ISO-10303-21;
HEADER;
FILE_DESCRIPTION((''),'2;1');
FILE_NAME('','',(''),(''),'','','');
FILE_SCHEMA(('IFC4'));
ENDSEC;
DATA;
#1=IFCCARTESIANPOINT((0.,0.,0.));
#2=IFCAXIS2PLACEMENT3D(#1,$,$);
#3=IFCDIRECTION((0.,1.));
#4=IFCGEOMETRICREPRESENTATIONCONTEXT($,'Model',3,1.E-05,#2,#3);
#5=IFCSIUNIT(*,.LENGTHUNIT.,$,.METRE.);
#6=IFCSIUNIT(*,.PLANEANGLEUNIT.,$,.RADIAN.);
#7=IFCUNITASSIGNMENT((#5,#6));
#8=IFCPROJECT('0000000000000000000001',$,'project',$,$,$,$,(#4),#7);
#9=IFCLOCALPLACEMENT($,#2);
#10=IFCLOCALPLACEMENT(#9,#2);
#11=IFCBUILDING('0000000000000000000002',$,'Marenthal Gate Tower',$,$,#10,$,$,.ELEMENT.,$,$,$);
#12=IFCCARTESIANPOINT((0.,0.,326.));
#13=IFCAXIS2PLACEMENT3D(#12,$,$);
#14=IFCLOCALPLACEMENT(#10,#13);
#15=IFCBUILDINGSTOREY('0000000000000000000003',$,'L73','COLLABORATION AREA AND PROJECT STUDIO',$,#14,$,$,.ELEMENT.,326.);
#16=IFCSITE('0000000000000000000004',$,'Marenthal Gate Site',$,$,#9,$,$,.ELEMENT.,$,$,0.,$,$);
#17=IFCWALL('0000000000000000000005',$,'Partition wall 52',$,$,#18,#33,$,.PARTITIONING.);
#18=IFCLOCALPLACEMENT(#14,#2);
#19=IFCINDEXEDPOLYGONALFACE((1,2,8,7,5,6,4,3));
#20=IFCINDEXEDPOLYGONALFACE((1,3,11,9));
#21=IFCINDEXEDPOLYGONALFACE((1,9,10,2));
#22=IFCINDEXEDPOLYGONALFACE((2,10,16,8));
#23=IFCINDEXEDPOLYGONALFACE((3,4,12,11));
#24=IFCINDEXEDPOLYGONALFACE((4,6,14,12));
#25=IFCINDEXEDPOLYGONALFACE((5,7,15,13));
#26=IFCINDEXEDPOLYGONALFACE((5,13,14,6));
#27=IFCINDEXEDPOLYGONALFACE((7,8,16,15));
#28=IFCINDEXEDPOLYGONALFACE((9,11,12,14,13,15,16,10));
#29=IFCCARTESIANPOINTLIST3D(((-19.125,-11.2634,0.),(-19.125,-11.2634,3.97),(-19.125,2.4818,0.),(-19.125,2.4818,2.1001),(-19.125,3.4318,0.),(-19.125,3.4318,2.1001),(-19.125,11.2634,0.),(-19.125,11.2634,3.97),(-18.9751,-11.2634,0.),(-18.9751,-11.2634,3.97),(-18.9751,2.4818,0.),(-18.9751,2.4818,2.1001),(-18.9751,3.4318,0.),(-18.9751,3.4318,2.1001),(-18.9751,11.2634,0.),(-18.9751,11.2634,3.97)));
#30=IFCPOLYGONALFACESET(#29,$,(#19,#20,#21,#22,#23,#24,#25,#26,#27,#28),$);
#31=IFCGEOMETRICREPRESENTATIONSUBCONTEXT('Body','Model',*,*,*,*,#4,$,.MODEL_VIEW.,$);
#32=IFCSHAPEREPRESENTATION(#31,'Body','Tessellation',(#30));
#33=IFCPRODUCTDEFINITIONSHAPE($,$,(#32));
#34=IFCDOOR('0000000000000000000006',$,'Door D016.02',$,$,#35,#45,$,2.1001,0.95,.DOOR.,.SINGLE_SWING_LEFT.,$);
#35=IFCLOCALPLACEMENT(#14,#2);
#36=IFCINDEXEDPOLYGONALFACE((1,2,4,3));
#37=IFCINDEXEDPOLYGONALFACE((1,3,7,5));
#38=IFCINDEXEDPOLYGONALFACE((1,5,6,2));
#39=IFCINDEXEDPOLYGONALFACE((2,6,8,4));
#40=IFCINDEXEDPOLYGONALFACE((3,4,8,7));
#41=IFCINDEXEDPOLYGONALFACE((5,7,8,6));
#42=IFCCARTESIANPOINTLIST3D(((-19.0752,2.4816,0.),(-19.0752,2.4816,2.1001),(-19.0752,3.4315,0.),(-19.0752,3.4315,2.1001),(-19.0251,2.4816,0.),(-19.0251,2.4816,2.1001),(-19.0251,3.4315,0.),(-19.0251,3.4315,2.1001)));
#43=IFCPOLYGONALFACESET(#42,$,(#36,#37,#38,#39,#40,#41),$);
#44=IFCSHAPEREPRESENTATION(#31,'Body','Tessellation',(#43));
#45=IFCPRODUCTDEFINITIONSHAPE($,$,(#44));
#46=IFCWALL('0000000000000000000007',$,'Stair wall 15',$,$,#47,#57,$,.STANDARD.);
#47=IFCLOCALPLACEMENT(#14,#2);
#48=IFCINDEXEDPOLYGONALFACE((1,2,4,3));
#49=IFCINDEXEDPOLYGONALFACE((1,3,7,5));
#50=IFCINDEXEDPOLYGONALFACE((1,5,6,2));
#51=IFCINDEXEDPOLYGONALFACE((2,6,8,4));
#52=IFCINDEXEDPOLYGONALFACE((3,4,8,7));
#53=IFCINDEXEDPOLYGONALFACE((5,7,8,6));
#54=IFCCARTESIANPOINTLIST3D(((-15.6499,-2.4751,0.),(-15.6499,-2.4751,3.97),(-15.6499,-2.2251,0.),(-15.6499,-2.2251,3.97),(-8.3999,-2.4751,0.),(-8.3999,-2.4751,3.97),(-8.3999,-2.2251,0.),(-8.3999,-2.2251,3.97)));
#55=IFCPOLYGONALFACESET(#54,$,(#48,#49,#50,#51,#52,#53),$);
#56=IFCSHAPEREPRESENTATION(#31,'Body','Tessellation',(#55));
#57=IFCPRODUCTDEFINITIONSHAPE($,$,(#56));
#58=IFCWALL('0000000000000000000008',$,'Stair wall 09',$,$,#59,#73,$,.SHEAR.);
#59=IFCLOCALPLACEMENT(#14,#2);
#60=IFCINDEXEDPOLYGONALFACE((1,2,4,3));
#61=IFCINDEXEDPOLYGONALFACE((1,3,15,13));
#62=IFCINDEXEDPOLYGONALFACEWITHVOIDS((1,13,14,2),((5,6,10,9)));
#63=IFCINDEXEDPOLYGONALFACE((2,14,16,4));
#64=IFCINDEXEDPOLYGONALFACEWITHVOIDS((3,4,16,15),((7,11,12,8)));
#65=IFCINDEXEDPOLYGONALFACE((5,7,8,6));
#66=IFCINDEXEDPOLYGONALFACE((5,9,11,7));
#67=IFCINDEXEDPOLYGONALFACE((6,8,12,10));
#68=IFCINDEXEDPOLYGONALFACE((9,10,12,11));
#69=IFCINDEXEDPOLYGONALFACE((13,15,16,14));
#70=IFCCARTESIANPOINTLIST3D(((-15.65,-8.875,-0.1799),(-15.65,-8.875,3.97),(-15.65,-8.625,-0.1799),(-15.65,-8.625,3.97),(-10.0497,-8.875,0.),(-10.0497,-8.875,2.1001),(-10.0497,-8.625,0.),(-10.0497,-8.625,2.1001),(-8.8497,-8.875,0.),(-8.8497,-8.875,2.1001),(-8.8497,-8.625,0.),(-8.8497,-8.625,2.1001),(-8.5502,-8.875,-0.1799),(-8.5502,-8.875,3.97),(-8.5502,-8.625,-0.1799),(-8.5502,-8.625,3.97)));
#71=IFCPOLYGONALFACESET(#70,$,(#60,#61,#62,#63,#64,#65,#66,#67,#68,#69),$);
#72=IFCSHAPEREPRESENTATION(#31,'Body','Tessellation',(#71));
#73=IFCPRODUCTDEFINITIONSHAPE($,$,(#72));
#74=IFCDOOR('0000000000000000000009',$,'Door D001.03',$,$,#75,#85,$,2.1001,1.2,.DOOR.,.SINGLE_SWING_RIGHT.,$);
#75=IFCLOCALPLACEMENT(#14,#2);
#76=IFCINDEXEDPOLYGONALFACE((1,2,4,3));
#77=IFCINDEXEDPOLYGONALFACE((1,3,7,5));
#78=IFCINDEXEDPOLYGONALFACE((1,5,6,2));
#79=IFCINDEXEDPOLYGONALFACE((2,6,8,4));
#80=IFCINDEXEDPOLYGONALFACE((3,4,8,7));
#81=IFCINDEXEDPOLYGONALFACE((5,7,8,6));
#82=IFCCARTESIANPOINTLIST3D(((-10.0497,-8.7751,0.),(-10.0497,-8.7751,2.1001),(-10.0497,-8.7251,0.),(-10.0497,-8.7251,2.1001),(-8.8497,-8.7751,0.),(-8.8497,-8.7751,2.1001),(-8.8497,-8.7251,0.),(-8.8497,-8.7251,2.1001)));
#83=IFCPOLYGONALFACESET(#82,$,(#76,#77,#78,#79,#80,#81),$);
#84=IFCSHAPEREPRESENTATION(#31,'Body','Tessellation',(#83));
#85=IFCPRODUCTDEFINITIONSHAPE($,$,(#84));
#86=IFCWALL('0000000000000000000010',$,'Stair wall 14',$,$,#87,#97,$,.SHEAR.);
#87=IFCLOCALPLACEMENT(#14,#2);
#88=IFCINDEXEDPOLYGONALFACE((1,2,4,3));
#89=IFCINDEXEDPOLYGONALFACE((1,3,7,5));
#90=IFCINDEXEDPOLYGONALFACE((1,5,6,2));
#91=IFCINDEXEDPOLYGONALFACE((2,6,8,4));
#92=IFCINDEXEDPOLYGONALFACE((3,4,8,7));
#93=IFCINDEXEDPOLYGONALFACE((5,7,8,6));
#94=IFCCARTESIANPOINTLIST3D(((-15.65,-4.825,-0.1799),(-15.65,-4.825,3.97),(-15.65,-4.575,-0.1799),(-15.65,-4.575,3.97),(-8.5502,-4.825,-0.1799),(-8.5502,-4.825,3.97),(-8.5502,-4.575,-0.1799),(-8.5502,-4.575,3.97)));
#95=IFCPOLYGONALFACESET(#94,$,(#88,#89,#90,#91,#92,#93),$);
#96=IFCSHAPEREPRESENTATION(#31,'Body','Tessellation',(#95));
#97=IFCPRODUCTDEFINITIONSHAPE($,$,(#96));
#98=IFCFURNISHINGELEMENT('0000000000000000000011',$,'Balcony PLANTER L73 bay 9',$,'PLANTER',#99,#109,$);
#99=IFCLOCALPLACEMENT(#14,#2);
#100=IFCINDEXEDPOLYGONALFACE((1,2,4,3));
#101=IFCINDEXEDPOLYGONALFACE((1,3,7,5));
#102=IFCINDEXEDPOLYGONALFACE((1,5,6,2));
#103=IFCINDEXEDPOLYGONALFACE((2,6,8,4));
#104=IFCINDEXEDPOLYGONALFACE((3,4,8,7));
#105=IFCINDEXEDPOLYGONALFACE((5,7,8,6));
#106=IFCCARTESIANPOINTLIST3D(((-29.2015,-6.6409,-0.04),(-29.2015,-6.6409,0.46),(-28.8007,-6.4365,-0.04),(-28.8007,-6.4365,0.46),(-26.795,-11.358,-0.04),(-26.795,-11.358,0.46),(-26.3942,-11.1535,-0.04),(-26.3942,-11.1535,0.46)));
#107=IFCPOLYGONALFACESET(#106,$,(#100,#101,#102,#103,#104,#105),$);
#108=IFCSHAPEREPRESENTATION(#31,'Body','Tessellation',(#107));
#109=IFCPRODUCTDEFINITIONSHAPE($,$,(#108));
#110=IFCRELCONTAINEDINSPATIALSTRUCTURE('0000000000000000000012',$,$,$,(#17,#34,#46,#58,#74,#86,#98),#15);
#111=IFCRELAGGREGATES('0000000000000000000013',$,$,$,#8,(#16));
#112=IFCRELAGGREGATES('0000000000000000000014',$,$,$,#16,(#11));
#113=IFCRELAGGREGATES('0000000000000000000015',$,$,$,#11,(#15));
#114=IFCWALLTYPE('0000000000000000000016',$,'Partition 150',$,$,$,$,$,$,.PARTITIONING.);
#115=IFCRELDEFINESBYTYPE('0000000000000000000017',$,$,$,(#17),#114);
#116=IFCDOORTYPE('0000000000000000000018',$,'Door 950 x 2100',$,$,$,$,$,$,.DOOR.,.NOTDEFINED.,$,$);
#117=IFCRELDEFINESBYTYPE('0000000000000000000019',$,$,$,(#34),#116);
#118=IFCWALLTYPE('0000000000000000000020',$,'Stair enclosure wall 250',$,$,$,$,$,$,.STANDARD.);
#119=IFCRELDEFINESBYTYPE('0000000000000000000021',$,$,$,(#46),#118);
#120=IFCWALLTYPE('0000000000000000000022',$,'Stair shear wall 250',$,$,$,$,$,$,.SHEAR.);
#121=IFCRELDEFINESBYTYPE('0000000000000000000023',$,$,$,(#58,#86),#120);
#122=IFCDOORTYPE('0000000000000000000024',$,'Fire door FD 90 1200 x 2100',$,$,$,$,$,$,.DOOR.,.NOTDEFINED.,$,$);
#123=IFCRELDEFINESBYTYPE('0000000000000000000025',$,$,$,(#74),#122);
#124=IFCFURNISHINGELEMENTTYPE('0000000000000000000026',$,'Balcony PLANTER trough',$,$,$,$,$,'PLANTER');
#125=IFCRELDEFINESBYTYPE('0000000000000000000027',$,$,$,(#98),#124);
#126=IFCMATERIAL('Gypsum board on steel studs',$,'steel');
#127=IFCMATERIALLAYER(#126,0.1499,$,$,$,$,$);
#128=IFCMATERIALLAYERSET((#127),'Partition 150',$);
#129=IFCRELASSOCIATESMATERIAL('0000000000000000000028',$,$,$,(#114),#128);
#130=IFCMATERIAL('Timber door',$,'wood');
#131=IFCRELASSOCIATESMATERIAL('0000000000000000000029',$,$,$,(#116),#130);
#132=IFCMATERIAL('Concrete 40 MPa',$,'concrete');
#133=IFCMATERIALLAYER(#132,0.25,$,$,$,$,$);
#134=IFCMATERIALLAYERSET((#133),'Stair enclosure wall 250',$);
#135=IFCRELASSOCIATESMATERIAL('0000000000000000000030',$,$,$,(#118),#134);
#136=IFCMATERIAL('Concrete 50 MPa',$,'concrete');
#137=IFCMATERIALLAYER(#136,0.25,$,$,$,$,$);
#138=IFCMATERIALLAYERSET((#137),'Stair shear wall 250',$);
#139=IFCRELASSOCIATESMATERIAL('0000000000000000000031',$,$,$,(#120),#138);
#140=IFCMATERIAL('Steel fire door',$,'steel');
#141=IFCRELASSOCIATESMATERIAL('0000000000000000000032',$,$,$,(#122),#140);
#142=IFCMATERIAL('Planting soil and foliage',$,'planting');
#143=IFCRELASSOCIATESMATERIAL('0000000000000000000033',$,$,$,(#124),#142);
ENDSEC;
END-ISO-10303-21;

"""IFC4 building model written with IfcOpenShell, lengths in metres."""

from ifc_helpers import new_model, si_unit, direction, frame, frame_2d, origin, origin_2d, place, context, subcontext, project, spatial, rectangle, extrude, material, layer, layer_set, type_object, element, fill, save


model = new_model("IFC4")

# Units and contexts
model_context = context("Model", 3, precision=1e-05, world=origin(), true_north=direction((0.0, 1.0)))
body_context = subcontext(model_context, "Body", "Model", "MODEL_VIEW")
ifc_project = project(units=[si_unit("LENGTHUNIT", "METRE"), si_unit("PLANEANGLEUNIT", "RADIAN")], contexts=[model_context])

# Site, building, storey
site_placement = place(None, origin())
site = spatial("IfcSite", under=ifc_project, at=site_placement, Name="Marenthal Gate Site", CompositionType="ELEMENT", RefElevation=0.0)
building_placement = place(site_placement, origin())
building = spatial("IfcBuilding", under=site, at=building_placement, Name="Marenthal Gate Tower", CompositionType="ELEMENT")
storey_placement = place(building_placement, frame((0.0, 0.0, 326.0)))
storey = spatial("IfcBuildingStorey", under=building, at=storey_placement, Name="L73", Description="COLLABORATION AREA AND PROJECT STUDIO", CompositionType="ELEMENT", Elevation=326.0)

# Wall, opening, door
ifc_material_1 = material(Name="Gypsum board on steel studs", Category="steel")
ifc_layer_1 = layer(ifc_material_1, 0.1499)
ifc_layer_set_1 = layer_set([ifc_layer_1], Name="Partition 150")
wall_type_1 = type_object("IfcWallType", Name="Partition 150", PredefinedType="PARTITIONING", material=ifc_layer_set_1)
wall_1_placement = place(storey_placement, frame((-19.05, -11.2634, 0.0), z_axis=(0.0, 0.0, 1.0), x_axis=(0.0, 1.0, 0.0)))
wall_1 = element("IfcWall", 1, at=wall_1_placement, inside=storey, type_object=wall_type_1, Name="Partition wall 52", PredefinedType="PARTITIONING", context=body_context, shape_type="SweptSolid", body=[
    extrude(rectangle(XDim=22.5269, YDim=0.1499, at=frame_2d((11.2634, 0.0))), origin(), (0.0, 0.0, 1.0), 3.97),
])
opening_1_placement = place(wall_1_placement, frame((13.7451, 0.0, 0.0)))
opening_1 = element("IfcOpeningElement", 2, at=opening_1_placement, cuts=wall_1, PredefinedType="OPENING", context=body_context, shape_type="SweptSolid", body=[
    extrude(rectangle(XDim=0.95, YDim=2.1001, at=frame_2d((0.4751, 1.05))), frame((0.0, 0.085, 0.0), z_axis=(0.0, -1.0, 0.0), x_axis=(1.0, 0.0, 0.0)), (0.0, 0.0, 1.0), 0.1699),
])
ifc_material_2 = material(Name="Timber door", Category="wood")
door_type_1 = type_object("IfcDoorType", Name="Door 950 x 2100", OperationType="NOTDEFINED", PredefinedType="DOOR", material=ifc_material_2)
door_1_placement = place(opening_1_placement, frame((0.95, 0.0, 0.0), z_axis=(0.0, 0.0, 1.0), x_axis=(-1.0, 0.0, 0.0)))
door_1 = element("IfcDoor", 3, at=door_1_placement, inside=storey, type_object=door_type_1, Name="Door D016.02", OperationType="SINGLE_SWING_LEFT", OverallHeight=2.1001, OverallWidth=0.95, PredefinedType="DOOR", context=body_context, shape_type="SweptSolid", body=[
    extrude(rectangle(XDim=0.95, YDim=2.1001, at=frame_2d((0.4751, 1.05))), frame((0.0, 0.0249, 0.0), z_axis=(0.0, -1.0, 0.0), x_axis=(1.0, 0.0, 0.0)), (0.0, 0.0, 1.0), 0.05),
])
fill(opening_1, door_1)

# Wall
ifc_material_3 = material(Name="Concrete 40 MPa", Category="concrete")
ifc_layer_2 = layer(ifc_material_3, 0.25)
ifc_layer_set_2 = layer_set([ifc_layer_2], Name="Stair enclosure wall 250")
wall_type_2 = type_object("IfcWallType", Name="Stair enclosure wall 250", PredefinedType="STANDARD", material=ifc_layer_set_2)
wall_2_placement = place(storey_placement, frame((-15.6499, -2.3501, 0.0), z_axis=(0.0, 0.0, 1.0), x_axis=(1.0, 0.0, 0.0)))
element("IfcWall", 4, at=wall_2_placement, inside=storey, type_object=wall_type_2, Name="Stair wall 15", PredefinedType="STANDARD", context=body_context, shape_type="SweptSolid", body=[
    extrude(rectangle(XDim=7.25, YDim=0.25, at=frame_2d((3.625, 0.0))), origin(), (0.0, 0.0, 1.0), 3.97),
])

# Wall, opening, door
ifc_material_4 = material(Name="Concrete 50 MPa", Category="concrete")
ifc_layer_3 = layer(ifc_material_4, 0.25)
ifc_layer_set_3 = layer_set([ifc_layer_3], Name="Stair shear wall 250")
wall_type_3 = type_object("IfcWallType", Name="Stair shear wall 250", PredefinedType="SHEAR", material=ifc_layer_set_3)
wall_3_placement = place(storey_placement, frame((-15.6499, -8.75, -0.1799), z_axis=(0.0, 0.0, 1.0), x_axis=(1.0, 0.0, 0.0)))
wall_3 = element("IfcWall", 5, at=wall_3_placement, inside=storey, type_object=wall_type_3, Name="Stair wall 09", PredefinedType="SHEAR", context=body_context, shape_type="SweptSolid", body=[
    extrude(rectangle(XDim=7.0999, YDim=0.25, at=frame_2d((3.5498, 0.0))), origin(), (0.0, 0.0, 1.0), 4.1499),
])
opening_2_placement = place(wall_3_placement, frame((5.6001, 0.0, 0.1799)))
opening_2 = element("IfcOpeningElement", 6, at=opening_2_placement, cuts=wall_3, PredefinedType="OPENING", context=body_context, shape_type="SweptSolid", body=[
    extrude(rectangle(XDim=1.2, YDim=2.1001, at=frame_2d((0.6001, 1.05))), frame((0.0, 0.135, 0.0), z_axis=(0.0, -1.0, 0.0), x_axis=(1.0, 0.0, 0.0)), (0.0, 0.0, 1.0), 0.27),
])
ifc_material_5 = material(Name="Steel fire door", Category="steel")
door_type_2 = type_object("IfcDoorType", Name="Fire door FD 90 1200 x 2100", OperationType="NOTDEFINED", PredefinedType="DOOR", material=ifc_material_5)
door_2_placement = place(opening_2_placement, origin())
door_2 = element("IfcDoor", 7, at=door_2_placement, inside=storey, type_object=door_type_2, Name="Door D001.03", OperationType="SINGLE_SWING_RIGHT", OverallHeight=2.1001, OverallWidth=1.2, PredefinedType="DOOR", context=body_context, shape_type="SweptSolid", body=[
    extrude(rectangle(XDim=1.2, YDim=2.1001, at=frame_2d((0.6001, 1.05))), frame((0.0, 0.0249, 0.0), z_axis=(0.0, -1.0, 0.0), x_axis=(1.0, 0.0, 0.0)), (0.0, 0.0, 1.0), 0.05),
])
fill(opening_2, door_2)

# Wall
wall_4_placement = place(storey_placement, frame((-15.6499, -4.7, -0.1799), z_axis=(0.0, 0.0, 1.0), x_axis=(1.0, 0.0, 0.0)))
element("IfcWall", 8, at=wall_4_placement, inside=storey, type_object=wall_type_3, Name="Stair wall 14", PredefinedType="SHEAR", context=body_context, shape_type="SweptSolid", body=[
    extrude(rectangle(XDim=7.0999, YDim=0.25, at=frame_2d((3.5498, 0.0))), origin(), (0.0, 0.0, 1.0), 4.1499),
])

# Furnishing element
ifc_material_6 = material(Name="Planting soil and foliage", Category="planting")
furnishing_element_type = type_object("IfcFurnishingElementType", Name="Balcony PLANTER trough", ElementType="PLANTER", material=ifc_material_6)
furnishing_placement = place(storey_placement, frame((-27.7979, -8.8972, -0.04), z_axis=(0.0, 0.0, 1.0), x_axis=(0.454443, -0.890776, 0.0)))
element("IfcFurnishingElement", 9, at=furnishing_placement, inside=storey, type_object=furnishing_element_type, Name="Balcony PLANTER L73 bay 9", ObjectType="PLANTER", context=body_context, shape_type="SweptSolid", body=[
    extrude(rectangle(XDim=5.2954, YDim=0.45, at=origin_2d()), origin(), (0.0, 0.0, 1.0), 0.5),
])

save(model, "model.ifc")
